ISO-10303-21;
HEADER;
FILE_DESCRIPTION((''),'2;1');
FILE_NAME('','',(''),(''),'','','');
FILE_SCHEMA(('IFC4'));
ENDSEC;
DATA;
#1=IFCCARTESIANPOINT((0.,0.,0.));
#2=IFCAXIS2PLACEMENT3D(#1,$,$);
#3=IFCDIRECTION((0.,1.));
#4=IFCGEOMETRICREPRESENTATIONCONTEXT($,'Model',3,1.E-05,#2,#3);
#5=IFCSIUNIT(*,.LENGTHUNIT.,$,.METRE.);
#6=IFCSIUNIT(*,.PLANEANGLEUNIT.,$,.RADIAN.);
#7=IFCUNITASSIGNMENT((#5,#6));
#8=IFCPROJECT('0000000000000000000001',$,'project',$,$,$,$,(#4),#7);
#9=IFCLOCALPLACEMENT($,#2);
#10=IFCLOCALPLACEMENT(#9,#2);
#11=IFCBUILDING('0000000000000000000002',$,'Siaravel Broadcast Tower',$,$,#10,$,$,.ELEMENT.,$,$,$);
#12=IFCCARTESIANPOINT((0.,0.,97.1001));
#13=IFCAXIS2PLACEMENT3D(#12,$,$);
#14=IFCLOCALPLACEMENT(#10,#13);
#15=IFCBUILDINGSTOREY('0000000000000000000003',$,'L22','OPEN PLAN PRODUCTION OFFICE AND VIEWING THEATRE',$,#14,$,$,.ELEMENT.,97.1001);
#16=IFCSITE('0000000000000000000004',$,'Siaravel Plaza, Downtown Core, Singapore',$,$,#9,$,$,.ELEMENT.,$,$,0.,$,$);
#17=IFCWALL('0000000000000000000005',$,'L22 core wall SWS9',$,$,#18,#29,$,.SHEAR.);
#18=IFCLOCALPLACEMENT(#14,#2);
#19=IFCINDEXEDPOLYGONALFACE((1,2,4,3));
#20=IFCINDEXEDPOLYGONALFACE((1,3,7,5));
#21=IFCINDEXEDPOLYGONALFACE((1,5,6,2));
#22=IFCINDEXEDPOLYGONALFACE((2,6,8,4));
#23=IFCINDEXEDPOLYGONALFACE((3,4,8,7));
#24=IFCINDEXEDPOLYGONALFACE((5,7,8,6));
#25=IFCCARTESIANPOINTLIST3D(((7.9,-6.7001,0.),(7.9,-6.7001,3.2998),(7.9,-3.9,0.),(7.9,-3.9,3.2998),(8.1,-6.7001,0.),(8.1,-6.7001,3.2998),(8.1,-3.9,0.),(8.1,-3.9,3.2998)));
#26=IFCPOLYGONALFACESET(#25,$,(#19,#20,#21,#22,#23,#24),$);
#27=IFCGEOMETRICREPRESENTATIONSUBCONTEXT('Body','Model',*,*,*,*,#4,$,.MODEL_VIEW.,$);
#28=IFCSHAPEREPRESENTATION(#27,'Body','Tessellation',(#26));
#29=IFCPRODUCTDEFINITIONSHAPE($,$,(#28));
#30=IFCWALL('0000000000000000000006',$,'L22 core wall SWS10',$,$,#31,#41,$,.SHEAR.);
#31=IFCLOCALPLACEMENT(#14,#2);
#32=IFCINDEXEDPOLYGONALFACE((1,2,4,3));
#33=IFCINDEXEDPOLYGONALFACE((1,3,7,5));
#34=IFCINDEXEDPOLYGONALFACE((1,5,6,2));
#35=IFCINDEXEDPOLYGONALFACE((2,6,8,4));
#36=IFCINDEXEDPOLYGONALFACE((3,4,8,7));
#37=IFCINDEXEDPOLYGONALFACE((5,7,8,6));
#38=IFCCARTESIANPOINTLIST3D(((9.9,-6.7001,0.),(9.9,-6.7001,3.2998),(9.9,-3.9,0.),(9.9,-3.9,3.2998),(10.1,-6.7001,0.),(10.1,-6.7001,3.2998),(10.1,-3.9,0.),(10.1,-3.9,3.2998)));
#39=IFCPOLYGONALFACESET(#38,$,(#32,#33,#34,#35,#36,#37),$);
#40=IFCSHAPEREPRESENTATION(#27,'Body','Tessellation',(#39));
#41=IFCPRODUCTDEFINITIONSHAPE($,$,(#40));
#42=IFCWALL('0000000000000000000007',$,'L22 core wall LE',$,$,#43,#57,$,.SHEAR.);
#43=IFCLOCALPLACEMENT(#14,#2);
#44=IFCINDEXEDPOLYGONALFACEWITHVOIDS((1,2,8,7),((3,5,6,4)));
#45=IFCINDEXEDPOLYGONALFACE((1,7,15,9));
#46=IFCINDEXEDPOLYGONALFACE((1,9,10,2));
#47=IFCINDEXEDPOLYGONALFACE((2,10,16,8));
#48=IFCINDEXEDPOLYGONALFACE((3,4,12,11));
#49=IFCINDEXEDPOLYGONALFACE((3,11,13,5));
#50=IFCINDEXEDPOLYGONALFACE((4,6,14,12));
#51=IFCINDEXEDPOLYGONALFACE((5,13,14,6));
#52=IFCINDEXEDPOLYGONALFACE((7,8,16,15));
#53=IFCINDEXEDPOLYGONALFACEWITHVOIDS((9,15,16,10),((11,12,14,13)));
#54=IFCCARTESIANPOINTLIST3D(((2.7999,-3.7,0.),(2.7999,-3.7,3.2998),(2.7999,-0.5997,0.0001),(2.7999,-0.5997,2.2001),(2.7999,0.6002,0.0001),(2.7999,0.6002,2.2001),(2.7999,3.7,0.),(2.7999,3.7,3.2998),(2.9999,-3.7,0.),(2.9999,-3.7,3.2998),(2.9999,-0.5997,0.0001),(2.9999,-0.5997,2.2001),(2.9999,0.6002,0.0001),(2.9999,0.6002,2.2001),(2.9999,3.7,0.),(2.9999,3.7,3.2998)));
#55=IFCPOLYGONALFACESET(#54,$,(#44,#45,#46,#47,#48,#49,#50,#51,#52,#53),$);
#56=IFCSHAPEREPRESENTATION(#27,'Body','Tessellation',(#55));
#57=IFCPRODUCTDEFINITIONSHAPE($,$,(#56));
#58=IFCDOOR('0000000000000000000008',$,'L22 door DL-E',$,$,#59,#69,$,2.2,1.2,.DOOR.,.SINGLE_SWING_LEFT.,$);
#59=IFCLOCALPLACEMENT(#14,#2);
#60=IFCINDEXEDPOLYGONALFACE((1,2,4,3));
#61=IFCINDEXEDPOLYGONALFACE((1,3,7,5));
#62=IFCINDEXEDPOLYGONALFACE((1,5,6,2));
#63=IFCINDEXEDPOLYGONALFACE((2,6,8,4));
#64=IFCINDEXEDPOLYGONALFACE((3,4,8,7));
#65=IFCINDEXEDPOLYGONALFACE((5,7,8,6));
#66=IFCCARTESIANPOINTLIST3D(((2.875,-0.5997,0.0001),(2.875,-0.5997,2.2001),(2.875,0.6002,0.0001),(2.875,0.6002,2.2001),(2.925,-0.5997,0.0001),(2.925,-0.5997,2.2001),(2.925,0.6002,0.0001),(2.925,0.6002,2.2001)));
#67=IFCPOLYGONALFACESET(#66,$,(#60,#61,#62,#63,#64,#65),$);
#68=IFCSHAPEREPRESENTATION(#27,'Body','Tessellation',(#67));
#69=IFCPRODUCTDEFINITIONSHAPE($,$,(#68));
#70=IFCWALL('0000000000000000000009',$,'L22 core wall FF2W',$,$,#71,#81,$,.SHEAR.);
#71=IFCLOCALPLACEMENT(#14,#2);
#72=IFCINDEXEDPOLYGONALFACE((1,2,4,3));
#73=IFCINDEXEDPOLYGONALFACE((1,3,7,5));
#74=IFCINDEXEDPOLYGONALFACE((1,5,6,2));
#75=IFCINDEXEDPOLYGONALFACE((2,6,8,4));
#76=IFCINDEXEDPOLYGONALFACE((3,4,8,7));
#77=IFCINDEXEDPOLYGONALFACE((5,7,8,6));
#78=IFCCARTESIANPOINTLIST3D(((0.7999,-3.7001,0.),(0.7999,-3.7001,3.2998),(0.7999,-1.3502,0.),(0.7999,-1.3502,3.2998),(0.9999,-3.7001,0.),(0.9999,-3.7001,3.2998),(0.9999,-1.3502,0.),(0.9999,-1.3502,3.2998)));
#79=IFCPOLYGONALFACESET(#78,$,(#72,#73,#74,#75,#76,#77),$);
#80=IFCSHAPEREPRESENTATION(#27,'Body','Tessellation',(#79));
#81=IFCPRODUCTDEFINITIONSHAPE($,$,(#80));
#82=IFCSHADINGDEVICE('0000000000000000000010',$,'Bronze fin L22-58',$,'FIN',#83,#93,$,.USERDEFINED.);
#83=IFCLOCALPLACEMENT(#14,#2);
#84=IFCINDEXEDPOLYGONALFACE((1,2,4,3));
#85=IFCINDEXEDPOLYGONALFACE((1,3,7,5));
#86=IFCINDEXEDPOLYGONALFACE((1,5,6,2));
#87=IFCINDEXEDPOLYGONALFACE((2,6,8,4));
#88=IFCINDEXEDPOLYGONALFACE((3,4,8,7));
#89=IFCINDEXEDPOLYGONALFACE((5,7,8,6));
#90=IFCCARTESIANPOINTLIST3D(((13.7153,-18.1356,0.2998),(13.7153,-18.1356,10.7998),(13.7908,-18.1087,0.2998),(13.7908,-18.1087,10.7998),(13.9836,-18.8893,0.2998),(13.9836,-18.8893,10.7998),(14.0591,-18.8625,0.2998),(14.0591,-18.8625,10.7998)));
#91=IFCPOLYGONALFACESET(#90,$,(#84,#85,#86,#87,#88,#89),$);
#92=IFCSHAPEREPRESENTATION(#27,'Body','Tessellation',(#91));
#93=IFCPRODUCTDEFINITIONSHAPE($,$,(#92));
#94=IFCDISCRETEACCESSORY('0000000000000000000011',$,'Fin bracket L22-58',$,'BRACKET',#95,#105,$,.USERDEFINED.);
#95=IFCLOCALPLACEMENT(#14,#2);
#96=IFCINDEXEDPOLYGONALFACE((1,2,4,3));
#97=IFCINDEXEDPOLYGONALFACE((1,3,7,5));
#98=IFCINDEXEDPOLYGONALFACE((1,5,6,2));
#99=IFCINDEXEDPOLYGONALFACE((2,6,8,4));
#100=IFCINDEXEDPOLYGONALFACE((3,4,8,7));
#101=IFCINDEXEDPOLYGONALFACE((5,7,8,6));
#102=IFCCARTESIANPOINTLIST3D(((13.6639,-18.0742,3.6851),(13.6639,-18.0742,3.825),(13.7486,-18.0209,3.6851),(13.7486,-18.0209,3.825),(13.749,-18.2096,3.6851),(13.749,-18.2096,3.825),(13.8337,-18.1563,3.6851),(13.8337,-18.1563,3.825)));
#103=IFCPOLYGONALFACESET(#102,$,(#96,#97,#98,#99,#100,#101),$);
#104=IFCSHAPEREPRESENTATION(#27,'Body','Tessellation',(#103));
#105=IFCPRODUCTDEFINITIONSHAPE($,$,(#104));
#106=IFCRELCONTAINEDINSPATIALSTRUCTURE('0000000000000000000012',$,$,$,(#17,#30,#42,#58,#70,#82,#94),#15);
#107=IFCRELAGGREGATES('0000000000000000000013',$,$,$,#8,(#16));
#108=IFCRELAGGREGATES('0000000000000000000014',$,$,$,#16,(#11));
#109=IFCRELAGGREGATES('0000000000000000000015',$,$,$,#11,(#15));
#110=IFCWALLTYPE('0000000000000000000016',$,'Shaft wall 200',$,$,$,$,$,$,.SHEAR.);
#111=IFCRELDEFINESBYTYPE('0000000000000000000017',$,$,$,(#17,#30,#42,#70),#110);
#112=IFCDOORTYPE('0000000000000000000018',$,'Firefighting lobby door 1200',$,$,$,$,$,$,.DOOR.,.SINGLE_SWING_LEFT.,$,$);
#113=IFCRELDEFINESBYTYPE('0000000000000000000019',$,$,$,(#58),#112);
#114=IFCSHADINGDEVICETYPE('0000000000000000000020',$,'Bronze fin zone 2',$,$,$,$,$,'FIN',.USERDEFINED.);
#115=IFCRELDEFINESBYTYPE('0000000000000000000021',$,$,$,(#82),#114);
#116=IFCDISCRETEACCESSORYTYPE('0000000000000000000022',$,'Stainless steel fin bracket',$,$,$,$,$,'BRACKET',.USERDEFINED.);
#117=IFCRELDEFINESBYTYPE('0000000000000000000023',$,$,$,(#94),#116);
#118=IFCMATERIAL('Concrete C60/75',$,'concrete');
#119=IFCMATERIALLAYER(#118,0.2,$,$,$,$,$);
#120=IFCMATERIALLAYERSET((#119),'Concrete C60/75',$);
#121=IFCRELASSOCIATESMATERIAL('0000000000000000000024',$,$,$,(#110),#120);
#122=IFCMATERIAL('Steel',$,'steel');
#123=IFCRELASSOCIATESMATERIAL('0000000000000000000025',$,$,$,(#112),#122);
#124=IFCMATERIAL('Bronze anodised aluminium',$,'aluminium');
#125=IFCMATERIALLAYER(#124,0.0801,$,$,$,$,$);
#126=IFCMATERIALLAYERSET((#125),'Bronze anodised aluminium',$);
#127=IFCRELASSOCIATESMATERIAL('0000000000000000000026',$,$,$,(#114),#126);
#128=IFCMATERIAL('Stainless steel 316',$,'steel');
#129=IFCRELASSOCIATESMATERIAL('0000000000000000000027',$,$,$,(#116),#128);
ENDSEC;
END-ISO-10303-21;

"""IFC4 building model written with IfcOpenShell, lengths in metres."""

from ifc_helpers import new_model, si_unit, direction, frame, frame_2d, origin, origin_2d, place, context, subcontext, project, spatial, rectangle, extrude, material, layer, layer_set, type_object, element, fill, save


model = new_model("IFC4")

# Units and contexts
model_context = context("Model", 3, precision=1e-05, world=origin(), true_north=direction((0.0, 1.0)))
body_context = subcontext(model_context, "Body", "Model", "MODEL_VIEW")
ifc_project = project(units=[si_unit("LENGTHUNIT", "METRE"), si_unit("PLANEANGLEUNIT", "RADIAN")], contexts=[model_context])

# Site, building, storey
site_placement = place(None, origin())
site = spatial("IfcSite", under=ifc_project, at=site_placement, Name="Siaravel Plaza, Downtown Core, Singapore", CompositionType="ELEMENT", RefElevation=0.0)
building_placement = place(site_placement, origin())
building = spatial("IfcBuilding", under=site, at=building_placement, Name="Siaravel Broadcast Tower", CompositionType="ELEMENT")
storey_placement = place(building_placement, frame((0.0, 0.0, 97.1001)))
storey = spatial("IfcBuildingStorey", under=building, at=storey_placement, Name="L22", Description="OPEN PLAN PRODUCTION OFFICE AND VIEWING THEATRE", CompositionType="ELEMENT", Elevation=97.1001)

# Shared definitions
ifc_material_1 = material(Name="Concrete C60/75", Category="concrete")

# Shared definitions
ifc_material_2 = material(Name="Steel", Category="steel")

# Walls
ifc_layer_1 = layer(ifc_material_1, 0.2)
ifc_layer_set_1 = layer_set([ifc_layer_1], Name="Concrete C60/75")
wall_type_1 = type_object("IfcWallType", Name="Shaft wall 200", PredefinedType="SHEAR", material=ifc_layer_set_1)
for number, where, z_axis, x_axis, name in (
    (1, (8.0, -6.7, 0.0), (0.0, 0.0, 1.0), (0.0, 1.0, 0.0), "L22 core wall SWS9"),
    (2, (10.0, -6.7, 0.0), (0.0, 0.0, 1.0), (0.0, 1.0, 0.0), "L22 core wall SWS10"),
):
    element("IfcWall", number, at=place(storey_placement, frame(where, z_axis=z_axis, x_axis=x_axis)), inside=storey, type_object=wall_type_1, Name=name, PredefinedType="SHEAR", context=body_context, shape_type="SweptSolid", body=[
        extrude(rectangle(XDim=2.8, YDim=0.2, at=frame_2d((1.3999, 0.0))), origin(), (0.0, 0.0, 1.0), 3.2998),
    ])

# Wall, opening, door
wall_1_placement = place(storey_placement, frame((2.8999, -3.7, 0.0), z_axis=(0.0, 0.0, 1.0), x_axis=(0.0, 1.0, 0.0)))
wall_1 = element("IfcWall", 3, at=wall_1_placement, inside=storey, type_object=wall_type_1, Name="L22 core wall LE", PredefinedType="SHEAR", context=body_context, shape_type="SweptSolid", body=[
    extrude(rectangle(XDim=7.3999, YDim=0.2, at=frame_2d((3.7, 0.0))), origin(), (0.0, 0.0, 1.0), 3.2998),
])
opening_1_placement = place(wall_1_placement, frame((3.1001, 0.0, 0.0)))
opening_1 = element("IfcOpeningElement", 4, at=opening_1_placement, cuts=wall_1, PredefinedType="OPENING", context=body_context, shape_type="SweptSolid", body=[
    extrude(rectangle(XDim=1.2, YDim=2.2, at=frame_2d((0.6001, 1.1001))), frame((0.0, 0.1099, 0.0), z_axis=(0.0, -1.0, 0.0), x_axis=(1.0, 0.0, 0.0)), (0.0, 0.0, 1.0), 0.22),
])
door_type_1 = type_object("IfcDoorType", Name="Firefighting lobby door 1200", OperationType="SINGLE_SWING_LEFT", PredefinedType="DOOR", material=ifc_material_2)
door_1_placement = place(opening_1_placement, origin())
door_1 = element("IfcDoor", 5, at=door_1_placement, inside=storey, type_object=door_type_1, Name="L22 door DL-E", OperationType="SINGLE_SWING_LEFT", OverallHeight=2.2, OverallWidth=1.2, PredefinedType="DOOR", context=body_context, shape_type="SweptSolid", body=[
    extrude(rectangle(XDim=1.2, YDim=2.2, at=frame_2d((0.6001, 1.1001))), frame((0.0, 0.0249, 0.0), z_axis=(0.0, -1.0, 0.0), x_axis=(1.0, 0.0, 0.0)), (0.0, 0.0, 1.0), 0.05),
])
fill(opening_1, door_1)

# Wall
wall_2_placement = place(storey_placement, frame((0.8999, -3.7, 0.0), z_axis=(0.0, 0.0, 1.0), x_axis=(0.0, 1.0, 0.0)))
element("IfcWall", 6, at=wall_2_placement, inside=storey, type_object=wall_type_1, Name="L22 core wall FF2W", PredefinedType="SHEAR", context=body_context, shape_type="SweptSolid", body=[
    extrude(rectangle(XDim=2.3499, YDim=0.2, at=frame_2d((1.1748, 0.0))), origin(), (0.0, 0.0, 1.0), 3.2998),
])

# Shading device
ifc_material_3 = material(Name="Bronze anodised aluminium", Category="aluminium")
ifc_layer_2 = layer(ifc_material_3, 0.0801)
ifc_layer_set_2 = layer_set([ifc_layer_2], Name="Bronze anodised aluminium")
shading_device_type = type_object("IfcShadingDeviceType", Name="Bronze fin zone 2", ElementType="FIN", PredefinedType="USERDEFINED", material=ifc_layer_set_2)
shading_device_placement = place(storey_placement, frame((13.8872, -18.499, 0.2998), z_axis=(0.0, 0.0, 1.0), x_axis=(0.335327, -0.942102, 0.0)))
element("IfcShadingDevice", 7, at=shading_device_placement, inside=storey, type_object=shading_device_type, Name="Bronze fin L22-58", ObjectType="FIN", PredefinedType="USERDEFINED", context=body_context, shape_type="SweptSolid", body=[
    extrude(rectangle(XDim=0.8, YDim=0.0801, at=origin_2d()), origin(), (0.0, 0.0, 1.0), 10.5),
])

# Discrete accessory
ifc_material_4 = material(Name="Stainless steel 316", Category="steel")
discrete_accessory_type = type_object("IfcDiscreteAccessoryType", Name="Stainless steel fin bracket", ElementType="BRACKET", PredefinedType="USERDEFINED", material=ifc_material_4)
discrete_accessory_placement = place(storey_placement, frame((13.7488, -18.1152, 3.6851), z_axis=(0.0, 0.0, 1.0), x_axis=(0.532149, -0.84665, 0.0)))
element("IfcDiscreteAccessory", 8, at=discrete_accessory_placement, inside=storey, type_object=discrete_accessory_type, Name="Fin bracket L22-58", ObjectType="BRACKET", PredefinedType="USERDEFINED", context=body_context, shape_type="SweptSolid", body=[
    extrude(rectangle(XDim=0.1599, YDim=0.1001, at=origin_2d()), origin(), (0.0, 0.0, 1.0), 0.1399),
])

save(model, "model.ifc")
